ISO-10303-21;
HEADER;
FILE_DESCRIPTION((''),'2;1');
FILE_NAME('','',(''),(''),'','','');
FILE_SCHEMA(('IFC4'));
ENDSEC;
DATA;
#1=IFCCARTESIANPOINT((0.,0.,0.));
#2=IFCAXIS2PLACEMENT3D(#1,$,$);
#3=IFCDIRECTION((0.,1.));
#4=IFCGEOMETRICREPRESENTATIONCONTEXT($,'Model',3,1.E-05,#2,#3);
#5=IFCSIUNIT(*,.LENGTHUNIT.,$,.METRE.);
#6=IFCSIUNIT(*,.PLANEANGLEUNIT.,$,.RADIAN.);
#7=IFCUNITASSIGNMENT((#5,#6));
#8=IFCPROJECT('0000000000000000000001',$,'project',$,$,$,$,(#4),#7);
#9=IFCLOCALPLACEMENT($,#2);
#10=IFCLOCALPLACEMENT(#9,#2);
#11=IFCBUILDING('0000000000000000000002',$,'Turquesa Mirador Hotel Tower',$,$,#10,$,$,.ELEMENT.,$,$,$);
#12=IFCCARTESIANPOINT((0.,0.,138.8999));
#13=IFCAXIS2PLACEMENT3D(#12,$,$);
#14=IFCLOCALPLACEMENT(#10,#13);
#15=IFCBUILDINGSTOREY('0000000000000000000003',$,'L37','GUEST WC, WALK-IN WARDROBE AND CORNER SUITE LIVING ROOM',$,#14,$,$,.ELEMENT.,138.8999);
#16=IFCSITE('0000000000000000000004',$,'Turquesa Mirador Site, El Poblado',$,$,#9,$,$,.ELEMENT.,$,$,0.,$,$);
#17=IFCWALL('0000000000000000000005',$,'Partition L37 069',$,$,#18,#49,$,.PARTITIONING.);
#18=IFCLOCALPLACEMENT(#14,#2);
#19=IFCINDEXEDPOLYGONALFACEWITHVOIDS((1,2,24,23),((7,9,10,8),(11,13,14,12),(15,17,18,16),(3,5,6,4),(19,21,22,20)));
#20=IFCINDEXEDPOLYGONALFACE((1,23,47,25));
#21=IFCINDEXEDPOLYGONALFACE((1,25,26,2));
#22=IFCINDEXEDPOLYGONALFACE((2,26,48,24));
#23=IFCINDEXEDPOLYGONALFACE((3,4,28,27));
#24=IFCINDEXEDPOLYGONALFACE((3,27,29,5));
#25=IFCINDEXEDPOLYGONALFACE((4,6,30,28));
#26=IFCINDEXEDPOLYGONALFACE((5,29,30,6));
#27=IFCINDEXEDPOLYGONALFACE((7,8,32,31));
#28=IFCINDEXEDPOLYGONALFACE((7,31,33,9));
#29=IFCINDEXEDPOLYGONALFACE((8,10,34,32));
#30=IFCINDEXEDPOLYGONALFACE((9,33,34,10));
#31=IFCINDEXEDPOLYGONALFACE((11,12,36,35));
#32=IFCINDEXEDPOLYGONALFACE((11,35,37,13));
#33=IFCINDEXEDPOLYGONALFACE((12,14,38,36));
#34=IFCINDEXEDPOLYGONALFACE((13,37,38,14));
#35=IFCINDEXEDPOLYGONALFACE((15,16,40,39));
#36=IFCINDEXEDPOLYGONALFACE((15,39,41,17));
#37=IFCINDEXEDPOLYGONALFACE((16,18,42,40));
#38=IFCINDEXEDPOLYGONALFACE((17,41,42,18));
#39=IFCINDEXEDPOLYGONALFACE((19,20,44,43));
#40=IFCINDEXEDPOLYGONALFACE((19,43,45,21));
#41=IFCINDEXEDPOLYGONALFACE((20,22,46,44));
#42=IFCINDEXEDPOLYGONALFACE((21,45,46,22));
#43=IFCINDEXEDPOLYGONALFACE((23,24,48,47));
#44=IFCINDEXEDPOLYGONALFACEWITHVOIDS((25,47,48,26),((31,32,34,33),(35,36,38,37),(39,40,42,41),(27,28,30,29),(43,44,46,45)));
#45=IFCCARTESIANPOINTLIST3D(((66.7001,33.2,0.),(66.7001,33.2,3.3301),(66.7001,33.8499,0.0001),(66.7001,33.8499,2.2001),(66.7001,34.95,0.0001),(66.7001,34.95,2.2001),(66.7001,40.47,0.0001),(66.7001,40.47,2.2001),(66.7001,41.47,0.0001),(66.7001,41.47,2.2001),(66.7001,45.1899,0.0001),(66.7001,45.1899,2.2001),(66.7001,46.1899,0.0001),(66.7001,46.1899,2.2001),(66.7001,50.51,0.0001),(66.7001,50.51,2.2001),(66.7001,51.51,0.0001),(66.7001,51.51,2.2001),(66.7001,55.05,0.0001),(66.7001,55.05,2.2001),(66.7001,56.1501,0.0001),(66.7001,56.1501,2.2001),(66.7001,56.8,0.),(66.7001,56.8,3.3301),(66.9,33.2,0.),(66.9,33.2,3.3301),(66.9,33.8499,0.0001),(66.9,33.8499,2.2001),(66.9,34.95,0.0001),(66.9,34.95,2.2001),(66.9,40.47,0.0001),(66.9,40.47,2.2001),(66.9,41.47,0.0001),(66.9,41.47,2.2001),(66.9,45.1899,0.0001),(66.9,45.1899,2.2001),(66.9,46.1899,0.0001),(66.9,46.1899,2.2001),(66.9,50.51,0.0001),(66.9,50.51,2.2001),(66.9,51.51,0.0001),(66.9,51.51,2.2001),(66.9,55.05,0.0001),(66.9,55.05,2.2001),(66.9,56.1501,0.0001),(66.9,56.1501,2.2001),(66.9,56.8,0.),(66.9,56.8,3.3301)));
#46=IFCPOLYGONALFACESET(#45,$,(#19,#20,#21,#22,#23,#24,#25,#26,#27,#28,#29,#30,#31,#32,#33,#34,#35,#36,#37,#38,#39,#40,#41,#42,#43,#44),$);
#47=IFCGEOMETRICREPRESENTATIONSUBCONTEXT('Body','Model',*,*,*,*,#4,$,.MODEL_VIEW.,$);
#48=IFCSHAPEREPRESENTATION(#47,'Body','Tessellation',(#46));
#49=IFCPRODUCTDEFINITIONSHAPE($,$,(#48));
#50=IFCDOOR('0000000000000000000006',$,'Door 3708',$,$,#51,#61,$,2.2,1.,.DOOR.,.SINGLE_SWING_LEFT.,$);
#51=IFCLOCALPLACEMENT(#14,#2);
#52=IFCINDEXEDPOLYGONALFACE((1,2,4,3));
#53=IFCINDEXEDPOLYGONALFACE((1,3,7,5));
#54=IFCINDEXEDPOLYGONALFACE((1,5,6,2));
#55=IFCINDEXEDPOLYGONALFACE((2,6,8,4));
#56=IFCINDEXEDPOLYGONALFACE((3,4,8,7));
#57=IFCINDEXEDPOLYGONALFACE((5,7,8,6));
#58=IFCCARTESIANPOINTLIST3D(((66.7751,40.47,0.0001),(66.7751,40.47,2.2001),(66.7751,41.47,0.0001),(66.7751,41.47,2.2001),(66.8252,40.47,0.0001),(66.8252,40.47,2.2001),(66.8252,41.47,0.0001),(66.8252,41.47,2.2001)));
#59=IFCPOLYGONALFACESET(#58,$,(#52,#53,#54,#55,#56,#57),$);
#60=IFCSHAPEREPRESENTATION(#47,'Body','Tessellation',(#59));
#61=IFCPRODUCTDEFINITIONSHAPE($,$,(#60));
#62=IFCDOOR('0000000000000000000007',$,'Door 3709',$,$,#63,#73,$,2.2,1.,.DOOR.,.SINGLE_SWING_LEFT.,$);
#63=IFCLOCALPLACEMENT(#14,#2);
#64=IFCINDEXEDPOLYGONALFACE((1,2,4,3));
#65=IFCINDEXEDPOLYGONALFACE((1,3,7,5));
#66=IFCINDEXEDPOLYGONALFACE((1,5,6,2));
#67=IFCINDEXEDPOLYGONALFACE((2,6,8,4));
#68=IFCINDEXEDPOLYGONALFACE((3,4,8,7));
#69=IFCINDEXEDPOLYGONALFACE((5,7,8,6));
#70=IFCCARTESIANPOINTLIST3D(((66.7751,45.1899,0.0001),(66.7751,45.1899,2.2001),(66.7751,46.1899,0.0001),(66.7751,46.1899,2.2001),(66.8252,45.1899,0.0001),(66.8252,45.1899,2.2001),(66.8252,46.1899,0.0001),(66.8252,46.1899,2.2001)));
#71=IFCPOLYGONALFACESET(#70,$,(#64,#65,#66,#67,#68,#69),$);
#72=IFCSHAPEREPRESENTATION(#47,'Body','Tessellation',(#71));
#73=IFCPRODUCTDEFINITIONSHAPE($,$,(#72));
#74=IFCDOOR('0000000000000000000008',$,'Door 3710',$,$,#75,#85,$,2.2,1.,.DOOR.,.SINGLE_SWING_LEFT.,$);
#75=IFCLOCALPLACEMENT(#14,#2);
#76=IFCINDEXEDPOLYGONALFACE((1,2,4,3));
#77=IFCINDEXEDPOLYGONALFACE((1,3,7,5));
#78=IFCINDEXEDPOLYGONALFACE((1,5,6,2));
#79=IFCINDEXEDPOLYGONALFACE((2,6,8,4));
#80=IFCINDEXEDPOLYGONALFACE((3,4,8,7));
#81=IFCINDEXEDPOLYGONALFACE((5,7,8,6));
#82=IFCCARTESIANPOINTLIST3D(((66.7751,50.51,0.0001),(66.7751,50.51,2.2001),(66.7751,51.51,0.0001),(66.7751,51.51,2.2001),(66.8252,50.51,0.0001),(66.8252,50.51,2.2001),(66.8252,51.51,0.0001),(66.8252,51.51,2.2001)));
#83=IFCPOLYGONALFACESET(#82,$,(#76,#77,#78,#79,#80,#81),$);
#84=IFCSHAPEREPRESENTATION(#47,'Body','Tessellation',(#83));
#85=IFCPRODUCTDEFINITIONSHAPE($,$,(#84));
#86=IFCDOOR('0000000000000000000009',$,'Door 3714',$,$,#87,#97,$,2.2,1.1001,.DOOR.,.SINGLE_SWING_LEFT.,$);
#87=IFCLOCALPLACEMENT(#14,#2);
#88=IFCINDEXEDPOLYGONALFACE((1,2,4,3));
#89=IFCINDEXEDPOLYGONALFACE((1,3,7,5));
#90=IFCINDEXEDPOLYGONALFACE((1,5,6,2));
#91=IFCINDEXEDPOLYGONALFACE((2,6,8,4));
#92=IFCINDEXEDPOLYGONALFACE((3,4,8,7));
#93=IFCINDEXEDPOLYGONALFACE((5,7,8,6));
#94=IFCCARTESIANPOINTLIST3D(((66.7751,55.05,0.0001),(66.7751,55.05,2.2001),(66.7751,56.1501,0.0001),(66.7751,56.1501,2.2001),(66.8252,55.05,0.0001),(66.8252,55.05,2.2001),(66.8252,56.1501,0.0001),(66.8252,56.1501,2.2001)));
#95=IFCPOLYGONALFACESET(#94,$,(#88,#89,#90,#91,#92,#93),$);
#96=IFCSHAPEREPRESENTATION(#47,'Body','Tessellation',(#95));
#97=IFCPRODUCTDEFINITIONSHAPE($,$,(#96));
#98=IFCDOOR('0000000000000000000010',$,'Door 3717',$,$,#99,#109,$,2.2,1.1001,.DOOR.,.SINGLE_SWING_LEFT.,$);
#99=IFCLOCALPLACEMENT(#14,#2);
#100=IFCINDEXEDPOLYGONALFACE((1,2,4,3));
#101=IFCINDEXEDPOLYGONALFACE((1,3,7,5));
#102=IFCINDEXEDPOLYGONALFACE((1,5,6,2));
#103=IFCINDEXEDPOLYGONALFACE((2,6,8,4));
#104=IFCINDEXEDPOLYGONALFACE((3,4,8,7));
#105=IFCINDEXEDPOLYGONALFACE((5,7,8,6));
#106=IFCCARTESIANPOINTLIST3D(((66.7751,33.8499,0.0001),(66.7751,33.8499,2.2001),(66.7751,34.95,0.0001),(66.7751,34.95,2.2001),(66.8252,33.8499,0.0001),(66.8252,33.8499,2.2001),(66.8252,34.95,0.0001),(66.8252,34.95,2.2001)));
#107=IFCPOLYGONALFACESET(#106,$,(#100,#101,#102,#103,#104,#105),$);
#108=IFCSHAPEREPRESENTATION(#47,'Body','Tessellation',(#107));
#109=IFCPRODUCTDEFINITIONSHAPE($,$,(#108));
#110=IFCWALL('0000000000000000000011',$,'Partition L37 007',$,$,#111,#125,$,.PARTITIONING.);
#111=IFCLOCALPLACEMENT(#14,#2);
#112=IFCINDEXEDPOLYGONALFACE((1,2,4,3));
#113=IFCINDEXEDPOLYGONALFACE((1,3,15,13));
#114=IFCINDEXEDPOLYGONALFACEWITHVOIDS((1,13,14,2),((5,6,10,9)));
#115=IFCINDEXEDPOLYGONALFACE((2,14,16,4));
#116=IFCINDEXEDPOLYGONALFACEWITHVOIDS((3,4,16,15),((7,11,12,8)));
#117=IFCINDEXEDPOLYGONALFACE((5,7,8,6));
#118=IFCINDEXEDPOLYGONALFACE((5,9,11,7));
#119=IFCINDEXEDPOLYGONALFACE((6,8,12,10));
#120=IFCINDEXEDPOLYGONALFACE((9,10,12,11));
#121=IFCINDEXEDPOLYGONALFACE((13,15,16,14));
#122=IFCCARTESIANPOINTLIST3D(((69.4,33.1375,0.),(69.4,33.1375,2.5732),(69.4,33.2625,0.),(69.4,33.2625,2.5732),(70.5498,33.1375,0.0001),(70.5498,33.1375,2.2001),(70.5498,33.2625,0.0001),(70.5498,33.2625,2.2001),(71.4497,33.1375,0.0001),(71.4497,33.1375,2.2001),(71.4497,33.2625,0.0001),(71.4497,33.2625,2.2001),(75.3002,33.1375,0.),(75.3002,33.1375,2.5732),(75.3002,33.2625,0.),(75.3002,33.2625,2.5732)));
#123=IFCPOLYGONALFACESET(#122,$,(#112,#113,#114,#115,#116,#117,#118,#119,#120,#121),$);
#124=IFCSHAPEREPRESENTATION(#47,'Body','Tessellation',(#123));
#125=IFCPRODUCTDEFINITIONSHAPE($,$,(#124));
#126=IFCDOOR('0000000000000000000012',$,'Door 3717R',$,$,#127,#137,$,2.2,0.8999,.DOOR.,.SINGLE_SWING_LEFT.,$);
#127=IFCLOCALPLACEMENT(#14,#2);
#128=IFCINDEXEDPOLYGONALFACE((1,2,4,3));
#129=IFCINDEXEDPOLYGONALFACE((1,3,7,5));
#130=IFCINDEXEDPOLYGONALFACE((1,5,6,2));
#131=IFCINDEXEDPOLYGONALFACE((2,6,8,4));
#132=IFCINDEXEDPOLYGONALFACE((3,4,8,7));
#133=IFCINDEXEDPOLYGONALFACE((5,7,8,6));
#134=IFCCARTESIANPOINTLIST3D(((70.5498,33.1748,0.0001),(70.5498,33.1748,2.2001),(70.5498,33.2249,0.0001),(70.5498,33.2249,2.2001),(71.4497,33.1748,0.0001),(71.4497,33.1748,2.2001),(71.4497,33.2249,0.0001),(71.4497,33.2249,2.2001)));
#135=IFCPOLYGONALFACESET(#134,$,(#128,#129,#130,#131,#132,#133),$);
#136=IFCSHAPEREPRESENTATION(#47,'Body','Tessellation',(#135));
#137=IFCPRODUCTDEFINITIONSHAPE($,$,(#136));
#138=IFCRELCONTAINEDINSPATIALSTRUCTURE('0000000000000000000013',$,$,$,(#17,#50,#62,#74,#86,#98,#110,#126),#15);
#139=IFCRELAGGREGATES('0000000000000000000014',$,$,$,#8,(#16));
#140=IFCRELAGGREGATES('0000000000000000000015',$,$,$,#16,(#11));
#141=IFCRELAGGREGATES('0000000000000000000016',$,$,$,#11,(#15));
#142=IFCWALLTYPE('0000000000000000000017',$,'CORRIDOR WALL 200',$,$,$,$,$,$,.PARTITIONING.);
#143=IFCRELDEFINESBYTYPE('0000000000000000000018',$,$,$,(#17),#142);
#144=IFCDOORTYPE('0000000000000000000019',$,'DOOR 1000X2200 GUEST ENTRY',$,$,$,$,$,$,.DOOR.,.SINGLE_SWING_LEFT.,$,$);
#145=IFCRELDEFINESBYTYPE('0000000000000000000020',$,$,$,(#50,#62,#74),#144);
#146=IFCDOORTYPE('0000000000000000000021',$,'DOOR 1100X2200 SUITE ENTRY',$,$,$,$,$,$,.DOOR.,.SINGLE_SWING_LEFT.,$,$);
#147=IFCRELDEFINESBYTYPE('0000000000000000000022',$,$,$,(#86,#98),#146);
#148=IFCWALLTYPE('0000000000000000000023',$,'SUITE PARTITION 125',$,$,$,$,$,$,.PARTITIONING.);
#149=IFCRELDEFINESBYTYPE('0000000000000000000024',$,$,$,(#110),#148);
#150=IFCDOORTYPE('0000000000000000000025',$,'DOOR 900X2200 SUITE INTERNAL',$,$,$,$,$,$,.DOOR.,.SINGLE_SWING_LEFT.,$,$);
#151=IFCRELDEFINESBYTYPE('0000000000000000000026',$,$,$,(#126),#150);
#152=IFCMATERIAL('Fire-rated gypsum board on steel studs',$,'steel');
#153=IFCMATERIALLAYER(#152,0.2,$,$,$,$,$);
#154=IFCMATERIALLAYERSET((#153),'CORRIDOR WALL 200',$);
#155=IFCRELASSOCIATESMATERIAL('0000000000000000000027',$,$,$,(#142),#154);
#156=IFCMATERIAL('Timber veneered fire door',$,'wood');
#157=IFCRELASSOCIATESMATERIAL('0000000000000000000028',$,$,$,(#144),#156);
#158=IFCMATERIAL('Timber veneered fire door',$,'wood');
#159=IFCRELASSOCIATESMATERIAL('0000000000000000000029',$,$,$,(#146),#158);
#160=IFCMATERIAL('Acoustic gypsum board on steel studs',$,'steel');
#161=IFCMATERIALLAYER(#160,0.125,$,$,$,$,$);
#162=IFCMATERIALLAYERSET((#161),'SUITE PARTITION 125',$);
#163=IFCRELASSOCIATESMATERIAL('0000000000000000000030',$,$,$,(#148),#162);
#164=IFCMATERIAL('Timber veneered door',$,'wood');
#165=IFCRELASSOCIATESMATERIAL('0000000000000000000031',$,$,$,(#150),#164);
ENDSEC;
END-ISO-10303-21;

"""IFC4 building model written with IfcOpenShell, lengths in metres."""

from ifc_helpers import new_model, si_unit, direction, frame, frame_2d, origin, place, context, subcontext, project, spatial, rectangle, extrude, material, layer, layer_set, type_object, element, fill, save


model = new_model("IFC4")

# Units and contexts
model_context = context("Model", 3, precision=1e-05, world=origin(), true_north=direction((0.0, 1.0)))
body_context = subcontext(model_context, "Body", "Model", "MODEL_VIEW")
ifc_project = project(units=[si_unit("LENGTHUNIT", "METRE"), si_unit("PLANEANGLEUNIT", "RADIAN")], contexts=[model_context])

# Site, building, storey
site_placement = place(None, origin())
site = spatial("IfcSite", under=ifc_project, at=site_placement, Name="Turquesa Mirador Site, El Poblado", CompositionType="ELEMENT", RefElevation=0.0)
building_placement = place(site_placement, origin())
building = spatial("IfcBuilding", under=site, at=building_placement, Name="Turquesa Mirador Hotel Tower", CompositionType="ELEMENT")
storey_placement = place(building_placement, frame((0.0, 0.0, 138.8999)))
storey = spatial("IfcBuildingStorey", under=building, at=storey_placement, Name="L37", Description="GUEST WC, WALK-IN WARDROBE AND CORNER SUITE LIVING ROOM", CompositionType="ELEMENT", Elevation=138.8999)

# Wall, openings, doors
ifc_material_1 = material(Name="Fire-rated gypsum board on steel studs", Category="steel")
ifc_layer_1 = layer(ifc_material_1, 0.2)
ifc_layer_set_1 = layer_set([ifc_layer_1], Name="CORRIDOR WALL 200")
wall_type_1 = type_object("IfcWallType", Name="CORRIDOR WALL 200", PredefinedType="PARTITIONING", material=ifc_layer_set_1)
wall_1_placement = place(storey_placement, frame((66.8, 33.2, 0.0), z_axis=(0.0, 0.0, 1.0), x_axis=(0.0, 1.0, 0.0)))
wall_1 = element("IfcWall", 1, at=wall_1_placement, inside=storey, type_object=wall_type_1, Name="Partition L37 069", PredefinedType="PARTITIONING", context=body_context, shape_type="SweptSolid", body=[
    extrude(rectangle(XDim=23.6001, YDim=0.2, at=frame_2d((11.8, 0.0))), origin(), (0.0, 0.0, 1.0), 3.3301),
])
opening_1_placement = place(wall_1_placement, frame((7.27, 0.0, 0.0)))
opening_1 = element("IfcOpeningElement", 2, at=opening_1_placement, cuts=wall_1, PredefinedType="OPENING", context=body_context, shape_type="SweptSolid", body=[
    extrude(rectangle(XDim=1.0, YDim=2.2, at=frame_2d((0.5, 1.1001))), frame((0.0, 0.1099, 0.0), z_axis=(0.0, -1.0, 0.0), x_axis=(1.0, 0.0, 0.0)), (0.0, 0.0, 1.0), 0.22),
])
opening_2_placement = place(wall_1_placement, frame((11.99, 0.0, 0.0)))
opening_2 = element("IfcOpeningElement", 3, at=opening_2_placement, cuts=wall_1, PredefinedType="OPENING", context=body_context, shape_type="SweptSolid", body=[
    extrude(rectangle(XDim=1.0, YDim=2.2, at=frame_2d((0.5, 1.1001))), frame((0.0, 0.1099, 0.0), z_axis=(0.0, -1.0, 0.0), x_axis=(1.0, 0.0, 0.0)), (0.0, 0.0, 1.0), 0.22),
])
opening_3_placement = place(wall_1_placement, frame((17.3101, 0.0, 0.0)))
opening_3 = element("IfcOpeningElement", 4, at=opening_3_placement, cuts=wall_1, PredefinedType="OPENING", context=body_context, shape_type="SweptSolid", body=[
    extrude(rectangle(XDim=1.0, YDim=2.2, at=frame_2d((0.5, 1.1001))), frame((0.0, 0.1099, 0.0), z_axis=(0.0, -1.0, 0.0), x_axis=(1.0, 0.0, 0.0)), (0.0, 0.0, 1.0), 0.22),
])
opening_4_placement = place(wall_1_placement, frame((21.8501, 0.0, 0.0)))
opening_4 = element("IfcOpeningElement", 5, at=opening_4_placement, cuts=wall_1, PredefinedType="OPENING", context=body_context, shape_type="SweptSolid", body=[
    extrude(rectangle(XDim=1.1001, YDim=2.2, at=frame_2d((0.55, 1.1001))), frame((0.0, 0.1099, 0.0), z_axis=(0.0, -1.0, 0.0), x_axis=(1.0, 0.0, 0.0)), (0.0, 0.0, 1.0), 0.22),
])
opening_5_placement = place(wall_1_placement, frame((0.6499, 0.0, 0.0)))
opening_5 = element("IfcOpeningElement", 6, at=opening_5_placement, cuts=wall_1, PredefinedType="OPENING", context=body_context, shape_type="SweptSolid", body=[
    extrude(rectangle(XDim=1.1001, YDim=2.2, at=frame_2d((0.55, 1.1001))), frame((0.0, 0.1099, 0.0), z_axis=(0.0, -1.0, 0.0), x_axis=(1.0, 0.0, 0.0)), (0.0, 0.0, 1.0), 0.22),
])
ifc_material_2 = material(Name="Timber veneered fire door", Category="wood")
door_type_1 = type_object("IfcDoorType", Name="DOOR 1000X2200 GUEST ENTRY", OperationType="SINGLE_SWING_LEFT", PredefinedType="DOOR", material=ifc_material_2)
door_1_placement = place(opening_1_placement, origin())
door_1 = element("IfcDoor", 7, at=door_1_placement, inside=storey, type_object=door_type_1, Name="Door 3708", OperationType="SINGLE_SWING_LEFT", OverallHeight=2.2, OverallWidth=1.0, PredefinedType="DOOR", context=body_context, shape_type="SweptSolid", body=[
    extrude(rectangle(XDim=1.0, YDim=2.2, at=frame_2d((0.5, 1.1001))), frame((0.0, 0.0249, 0.0), z_axis=(0.0, -1.0, 0.0), x_axis=(1.0, 0.0, 0.0)), (0.0, 0.0, 1.0), 0.05),
])
fill(opening_1, door_1)
door_2_placement = place(opening_2_placement, origin())
door_2 = element("IfcDoor", 8, at=door_2_placement, inside=storey, type_object=door_type_1, Name="Door 3709", OperationType="SINGLE_SWING_LEFT", OverallHeight=2.2, OverallWidth=1.0, PredefinedType="DOOR", context=body_context, shape_type="SweptSolid", body=[
    extrude(rectangle(XDim=1.0, YDim=2.2, at=frame_2d((0.5, 1.1001))), frame((0.0, 0.0249, 0.0), z_axis=(0.0, -1.0, 0.0), x_axis=(1.0, 0.0, 0.0)), (0.0, 0.0, 1.0), 0.05),
])
fill(opening_2, door_2)
door_3_placement = place(opening_3_placement, origin())
door_3 = element("IfcDoor", 9, at=door_3_placement, inside=storey, type_object=door_type_1, Name="Door 3710", OperationType="SINGLE_SWING_LEFT", OverallHeight=2.2, OverallWidth=1.0, PredefinedType="DOOR", context=body_context, shape_type="SweptSolid", body=[
    extrude(rectangle(XDim=1.0, YDim=2.2, at=frame_2d((0.5, 1.1001))), frame((0.0, 0.0249, 0.0), z_axis=(0.0, -1.0, 0.0), x_axis=(1.0, 0.0, 0.0)), (0.0, 0.0, 1.0), 0.05),
])
fill(opening_3, door_3)
ifc_material_3 = material(Name="Timber veneered fire door", Category="wood")
door_type_2 = type_object("IfcDoorType", Name="DOOR 1100X2200 SUITE ENTRY", OperationType="SINGLE_SWING_LEFT", PredefinedType="DOOR", material=ifc_material_3)
door_4_placement = place(opening_4_placement, origin())
door_4 = element("IfcDoor", 10, at=door_4_placement, inside=storey, type_object=door_type_2, Name="Door 3714", OperationType="SINGLE_SWING_LEFT", OverallHeight=2.2, OverallWidth=1.1001, PredefinedType="DOOR", context=body_context, shape_type="SweptSolid", body=[
    extrude(rectangle(XDim=1.1001, YDim=2.2, at=frame_2d((0.55, 1.1001))), frame((0.0, 0.0249, 0.0), z_axis=(0.0, -1.0, 0.0), x_axis=(1.0, 0.0, 0.0)), (0.0, 0.0, 1.0), 0.05),
])
fill(opening_4, door_4)
door_5_placement = place(opening_5_placement, origin())
door_5 = element("IfcDoor", 11, at=door_5_placement, inside=storey, type_object=door_type_2, Name="Door 3717", OperationType="SINGLE_SWING_LEFT", OverallHeight=2.2, OverallWidth=1.1001, PredefinedType="DOOR", context=body_context, shape_type="SweptSolid", body=[
    extrude(rectangle(XDim=1.1001, YDim=2.2, at=frame_2d((0.55, 1.1001))), frame((0.0, 0.0249, 0.0), z_axis=(0.0, -1.0, 0.0), x_axis=(1.0, 0.0, 0.0)), (0.0, 0.0, 1.0), 0.05),
])
fill(opening_5, door_5)

# Wall, opening, door
ifc_material_4 = material(Name="Acoustic gypsum board on steel studs", Category="steel")
ifc_layer_2 = layer(ifc_material_4, 0.125)
ifc_layer_set_2 = layer_set([ifc_layer_2], Name="SUITE PARTITION 125")
wall_type_2 = type_object("IfcWallType", Name="SUITE PARTITION 125", PredefinedType="PARTITIONING", material=ifc_layer_set_2)
wall_2_placement = place(storey_placement, frame((69.3999, 33.2, 0.0), z_axis=(0.0, 0.0, 1.0), x_axis=(1.0, 0.0, 0.0)))
wall_2 = element("IfcWall", 12, at=wall_2_placement, inside=storey, type_object=wall_type_2, Name="Partition L37 007", PredefinedType="PARTITIONING", context=body_context, shape_type="SweptSolid", body=[
    extrude(rectangle(XDim=5.9001, YDim=0.125, at=frame_2d((2.9502, 0.0))), origin(), (0.0, 0.0, 1.0), 2.5732),
])
opening_6_placement = place(wall_2_placement, frame((1.1499, 0.0, 0.0)))
opening_6 = element("IfcOpeningElement", 13, at=opening_6_placement, cuts=wall_2, PredefinedType="OPENING", context=body_context, shape_type="SweptSolid", body=[
    extrude(rectangle(XDim=0.8999, YDim=2.2, at=frame_2d((0.45, 1.1001))), frame((0.0, 0.0725, 0.0), z_axis=(0.0, -1.0, 0.0), x_axis=(1.0, 0.0, 0.0)), (0.0, 0.0, 1.0), 0.145),
])
ifc_material_5 = material(Name="Timber veneered door", Category="wood")
door_type_3 = type_object("IfcDoorType", Name="DOOR 900X2200 SUITE INTERNAL", OperationType="SINGLE_SWING_LEFT", PredefinedType="DOOR", material=ifc_material_5)
door_6_placement = place(opening_6_placement, origin())
door_6 = element("IfcDoor", 14, at=door_6_placement, inside=storey, type_object=door_type_3, Name="Door 3717R", OperationType="SINGLE_SWING_LEFT", OverallHeight=2.2, OverallWidth=0.8999, PredefinedType="DOOR", context=body_context, shape_type="SweptSolid", body=[
    extrude(rectangle(XDim=0.8999, YDim=2.2, at=frame_2d((0.45, 1.1001))), frame((0.0, 0.0249, 0.0), z_axis=(0.0, -1.0, 0.0), x_axis=(1.0, 0.0, 0.0)), (0.0, 0.0, 1.0), 0.05),
])
fill(opening_6, door_6)

save(model, "model.ifc")
